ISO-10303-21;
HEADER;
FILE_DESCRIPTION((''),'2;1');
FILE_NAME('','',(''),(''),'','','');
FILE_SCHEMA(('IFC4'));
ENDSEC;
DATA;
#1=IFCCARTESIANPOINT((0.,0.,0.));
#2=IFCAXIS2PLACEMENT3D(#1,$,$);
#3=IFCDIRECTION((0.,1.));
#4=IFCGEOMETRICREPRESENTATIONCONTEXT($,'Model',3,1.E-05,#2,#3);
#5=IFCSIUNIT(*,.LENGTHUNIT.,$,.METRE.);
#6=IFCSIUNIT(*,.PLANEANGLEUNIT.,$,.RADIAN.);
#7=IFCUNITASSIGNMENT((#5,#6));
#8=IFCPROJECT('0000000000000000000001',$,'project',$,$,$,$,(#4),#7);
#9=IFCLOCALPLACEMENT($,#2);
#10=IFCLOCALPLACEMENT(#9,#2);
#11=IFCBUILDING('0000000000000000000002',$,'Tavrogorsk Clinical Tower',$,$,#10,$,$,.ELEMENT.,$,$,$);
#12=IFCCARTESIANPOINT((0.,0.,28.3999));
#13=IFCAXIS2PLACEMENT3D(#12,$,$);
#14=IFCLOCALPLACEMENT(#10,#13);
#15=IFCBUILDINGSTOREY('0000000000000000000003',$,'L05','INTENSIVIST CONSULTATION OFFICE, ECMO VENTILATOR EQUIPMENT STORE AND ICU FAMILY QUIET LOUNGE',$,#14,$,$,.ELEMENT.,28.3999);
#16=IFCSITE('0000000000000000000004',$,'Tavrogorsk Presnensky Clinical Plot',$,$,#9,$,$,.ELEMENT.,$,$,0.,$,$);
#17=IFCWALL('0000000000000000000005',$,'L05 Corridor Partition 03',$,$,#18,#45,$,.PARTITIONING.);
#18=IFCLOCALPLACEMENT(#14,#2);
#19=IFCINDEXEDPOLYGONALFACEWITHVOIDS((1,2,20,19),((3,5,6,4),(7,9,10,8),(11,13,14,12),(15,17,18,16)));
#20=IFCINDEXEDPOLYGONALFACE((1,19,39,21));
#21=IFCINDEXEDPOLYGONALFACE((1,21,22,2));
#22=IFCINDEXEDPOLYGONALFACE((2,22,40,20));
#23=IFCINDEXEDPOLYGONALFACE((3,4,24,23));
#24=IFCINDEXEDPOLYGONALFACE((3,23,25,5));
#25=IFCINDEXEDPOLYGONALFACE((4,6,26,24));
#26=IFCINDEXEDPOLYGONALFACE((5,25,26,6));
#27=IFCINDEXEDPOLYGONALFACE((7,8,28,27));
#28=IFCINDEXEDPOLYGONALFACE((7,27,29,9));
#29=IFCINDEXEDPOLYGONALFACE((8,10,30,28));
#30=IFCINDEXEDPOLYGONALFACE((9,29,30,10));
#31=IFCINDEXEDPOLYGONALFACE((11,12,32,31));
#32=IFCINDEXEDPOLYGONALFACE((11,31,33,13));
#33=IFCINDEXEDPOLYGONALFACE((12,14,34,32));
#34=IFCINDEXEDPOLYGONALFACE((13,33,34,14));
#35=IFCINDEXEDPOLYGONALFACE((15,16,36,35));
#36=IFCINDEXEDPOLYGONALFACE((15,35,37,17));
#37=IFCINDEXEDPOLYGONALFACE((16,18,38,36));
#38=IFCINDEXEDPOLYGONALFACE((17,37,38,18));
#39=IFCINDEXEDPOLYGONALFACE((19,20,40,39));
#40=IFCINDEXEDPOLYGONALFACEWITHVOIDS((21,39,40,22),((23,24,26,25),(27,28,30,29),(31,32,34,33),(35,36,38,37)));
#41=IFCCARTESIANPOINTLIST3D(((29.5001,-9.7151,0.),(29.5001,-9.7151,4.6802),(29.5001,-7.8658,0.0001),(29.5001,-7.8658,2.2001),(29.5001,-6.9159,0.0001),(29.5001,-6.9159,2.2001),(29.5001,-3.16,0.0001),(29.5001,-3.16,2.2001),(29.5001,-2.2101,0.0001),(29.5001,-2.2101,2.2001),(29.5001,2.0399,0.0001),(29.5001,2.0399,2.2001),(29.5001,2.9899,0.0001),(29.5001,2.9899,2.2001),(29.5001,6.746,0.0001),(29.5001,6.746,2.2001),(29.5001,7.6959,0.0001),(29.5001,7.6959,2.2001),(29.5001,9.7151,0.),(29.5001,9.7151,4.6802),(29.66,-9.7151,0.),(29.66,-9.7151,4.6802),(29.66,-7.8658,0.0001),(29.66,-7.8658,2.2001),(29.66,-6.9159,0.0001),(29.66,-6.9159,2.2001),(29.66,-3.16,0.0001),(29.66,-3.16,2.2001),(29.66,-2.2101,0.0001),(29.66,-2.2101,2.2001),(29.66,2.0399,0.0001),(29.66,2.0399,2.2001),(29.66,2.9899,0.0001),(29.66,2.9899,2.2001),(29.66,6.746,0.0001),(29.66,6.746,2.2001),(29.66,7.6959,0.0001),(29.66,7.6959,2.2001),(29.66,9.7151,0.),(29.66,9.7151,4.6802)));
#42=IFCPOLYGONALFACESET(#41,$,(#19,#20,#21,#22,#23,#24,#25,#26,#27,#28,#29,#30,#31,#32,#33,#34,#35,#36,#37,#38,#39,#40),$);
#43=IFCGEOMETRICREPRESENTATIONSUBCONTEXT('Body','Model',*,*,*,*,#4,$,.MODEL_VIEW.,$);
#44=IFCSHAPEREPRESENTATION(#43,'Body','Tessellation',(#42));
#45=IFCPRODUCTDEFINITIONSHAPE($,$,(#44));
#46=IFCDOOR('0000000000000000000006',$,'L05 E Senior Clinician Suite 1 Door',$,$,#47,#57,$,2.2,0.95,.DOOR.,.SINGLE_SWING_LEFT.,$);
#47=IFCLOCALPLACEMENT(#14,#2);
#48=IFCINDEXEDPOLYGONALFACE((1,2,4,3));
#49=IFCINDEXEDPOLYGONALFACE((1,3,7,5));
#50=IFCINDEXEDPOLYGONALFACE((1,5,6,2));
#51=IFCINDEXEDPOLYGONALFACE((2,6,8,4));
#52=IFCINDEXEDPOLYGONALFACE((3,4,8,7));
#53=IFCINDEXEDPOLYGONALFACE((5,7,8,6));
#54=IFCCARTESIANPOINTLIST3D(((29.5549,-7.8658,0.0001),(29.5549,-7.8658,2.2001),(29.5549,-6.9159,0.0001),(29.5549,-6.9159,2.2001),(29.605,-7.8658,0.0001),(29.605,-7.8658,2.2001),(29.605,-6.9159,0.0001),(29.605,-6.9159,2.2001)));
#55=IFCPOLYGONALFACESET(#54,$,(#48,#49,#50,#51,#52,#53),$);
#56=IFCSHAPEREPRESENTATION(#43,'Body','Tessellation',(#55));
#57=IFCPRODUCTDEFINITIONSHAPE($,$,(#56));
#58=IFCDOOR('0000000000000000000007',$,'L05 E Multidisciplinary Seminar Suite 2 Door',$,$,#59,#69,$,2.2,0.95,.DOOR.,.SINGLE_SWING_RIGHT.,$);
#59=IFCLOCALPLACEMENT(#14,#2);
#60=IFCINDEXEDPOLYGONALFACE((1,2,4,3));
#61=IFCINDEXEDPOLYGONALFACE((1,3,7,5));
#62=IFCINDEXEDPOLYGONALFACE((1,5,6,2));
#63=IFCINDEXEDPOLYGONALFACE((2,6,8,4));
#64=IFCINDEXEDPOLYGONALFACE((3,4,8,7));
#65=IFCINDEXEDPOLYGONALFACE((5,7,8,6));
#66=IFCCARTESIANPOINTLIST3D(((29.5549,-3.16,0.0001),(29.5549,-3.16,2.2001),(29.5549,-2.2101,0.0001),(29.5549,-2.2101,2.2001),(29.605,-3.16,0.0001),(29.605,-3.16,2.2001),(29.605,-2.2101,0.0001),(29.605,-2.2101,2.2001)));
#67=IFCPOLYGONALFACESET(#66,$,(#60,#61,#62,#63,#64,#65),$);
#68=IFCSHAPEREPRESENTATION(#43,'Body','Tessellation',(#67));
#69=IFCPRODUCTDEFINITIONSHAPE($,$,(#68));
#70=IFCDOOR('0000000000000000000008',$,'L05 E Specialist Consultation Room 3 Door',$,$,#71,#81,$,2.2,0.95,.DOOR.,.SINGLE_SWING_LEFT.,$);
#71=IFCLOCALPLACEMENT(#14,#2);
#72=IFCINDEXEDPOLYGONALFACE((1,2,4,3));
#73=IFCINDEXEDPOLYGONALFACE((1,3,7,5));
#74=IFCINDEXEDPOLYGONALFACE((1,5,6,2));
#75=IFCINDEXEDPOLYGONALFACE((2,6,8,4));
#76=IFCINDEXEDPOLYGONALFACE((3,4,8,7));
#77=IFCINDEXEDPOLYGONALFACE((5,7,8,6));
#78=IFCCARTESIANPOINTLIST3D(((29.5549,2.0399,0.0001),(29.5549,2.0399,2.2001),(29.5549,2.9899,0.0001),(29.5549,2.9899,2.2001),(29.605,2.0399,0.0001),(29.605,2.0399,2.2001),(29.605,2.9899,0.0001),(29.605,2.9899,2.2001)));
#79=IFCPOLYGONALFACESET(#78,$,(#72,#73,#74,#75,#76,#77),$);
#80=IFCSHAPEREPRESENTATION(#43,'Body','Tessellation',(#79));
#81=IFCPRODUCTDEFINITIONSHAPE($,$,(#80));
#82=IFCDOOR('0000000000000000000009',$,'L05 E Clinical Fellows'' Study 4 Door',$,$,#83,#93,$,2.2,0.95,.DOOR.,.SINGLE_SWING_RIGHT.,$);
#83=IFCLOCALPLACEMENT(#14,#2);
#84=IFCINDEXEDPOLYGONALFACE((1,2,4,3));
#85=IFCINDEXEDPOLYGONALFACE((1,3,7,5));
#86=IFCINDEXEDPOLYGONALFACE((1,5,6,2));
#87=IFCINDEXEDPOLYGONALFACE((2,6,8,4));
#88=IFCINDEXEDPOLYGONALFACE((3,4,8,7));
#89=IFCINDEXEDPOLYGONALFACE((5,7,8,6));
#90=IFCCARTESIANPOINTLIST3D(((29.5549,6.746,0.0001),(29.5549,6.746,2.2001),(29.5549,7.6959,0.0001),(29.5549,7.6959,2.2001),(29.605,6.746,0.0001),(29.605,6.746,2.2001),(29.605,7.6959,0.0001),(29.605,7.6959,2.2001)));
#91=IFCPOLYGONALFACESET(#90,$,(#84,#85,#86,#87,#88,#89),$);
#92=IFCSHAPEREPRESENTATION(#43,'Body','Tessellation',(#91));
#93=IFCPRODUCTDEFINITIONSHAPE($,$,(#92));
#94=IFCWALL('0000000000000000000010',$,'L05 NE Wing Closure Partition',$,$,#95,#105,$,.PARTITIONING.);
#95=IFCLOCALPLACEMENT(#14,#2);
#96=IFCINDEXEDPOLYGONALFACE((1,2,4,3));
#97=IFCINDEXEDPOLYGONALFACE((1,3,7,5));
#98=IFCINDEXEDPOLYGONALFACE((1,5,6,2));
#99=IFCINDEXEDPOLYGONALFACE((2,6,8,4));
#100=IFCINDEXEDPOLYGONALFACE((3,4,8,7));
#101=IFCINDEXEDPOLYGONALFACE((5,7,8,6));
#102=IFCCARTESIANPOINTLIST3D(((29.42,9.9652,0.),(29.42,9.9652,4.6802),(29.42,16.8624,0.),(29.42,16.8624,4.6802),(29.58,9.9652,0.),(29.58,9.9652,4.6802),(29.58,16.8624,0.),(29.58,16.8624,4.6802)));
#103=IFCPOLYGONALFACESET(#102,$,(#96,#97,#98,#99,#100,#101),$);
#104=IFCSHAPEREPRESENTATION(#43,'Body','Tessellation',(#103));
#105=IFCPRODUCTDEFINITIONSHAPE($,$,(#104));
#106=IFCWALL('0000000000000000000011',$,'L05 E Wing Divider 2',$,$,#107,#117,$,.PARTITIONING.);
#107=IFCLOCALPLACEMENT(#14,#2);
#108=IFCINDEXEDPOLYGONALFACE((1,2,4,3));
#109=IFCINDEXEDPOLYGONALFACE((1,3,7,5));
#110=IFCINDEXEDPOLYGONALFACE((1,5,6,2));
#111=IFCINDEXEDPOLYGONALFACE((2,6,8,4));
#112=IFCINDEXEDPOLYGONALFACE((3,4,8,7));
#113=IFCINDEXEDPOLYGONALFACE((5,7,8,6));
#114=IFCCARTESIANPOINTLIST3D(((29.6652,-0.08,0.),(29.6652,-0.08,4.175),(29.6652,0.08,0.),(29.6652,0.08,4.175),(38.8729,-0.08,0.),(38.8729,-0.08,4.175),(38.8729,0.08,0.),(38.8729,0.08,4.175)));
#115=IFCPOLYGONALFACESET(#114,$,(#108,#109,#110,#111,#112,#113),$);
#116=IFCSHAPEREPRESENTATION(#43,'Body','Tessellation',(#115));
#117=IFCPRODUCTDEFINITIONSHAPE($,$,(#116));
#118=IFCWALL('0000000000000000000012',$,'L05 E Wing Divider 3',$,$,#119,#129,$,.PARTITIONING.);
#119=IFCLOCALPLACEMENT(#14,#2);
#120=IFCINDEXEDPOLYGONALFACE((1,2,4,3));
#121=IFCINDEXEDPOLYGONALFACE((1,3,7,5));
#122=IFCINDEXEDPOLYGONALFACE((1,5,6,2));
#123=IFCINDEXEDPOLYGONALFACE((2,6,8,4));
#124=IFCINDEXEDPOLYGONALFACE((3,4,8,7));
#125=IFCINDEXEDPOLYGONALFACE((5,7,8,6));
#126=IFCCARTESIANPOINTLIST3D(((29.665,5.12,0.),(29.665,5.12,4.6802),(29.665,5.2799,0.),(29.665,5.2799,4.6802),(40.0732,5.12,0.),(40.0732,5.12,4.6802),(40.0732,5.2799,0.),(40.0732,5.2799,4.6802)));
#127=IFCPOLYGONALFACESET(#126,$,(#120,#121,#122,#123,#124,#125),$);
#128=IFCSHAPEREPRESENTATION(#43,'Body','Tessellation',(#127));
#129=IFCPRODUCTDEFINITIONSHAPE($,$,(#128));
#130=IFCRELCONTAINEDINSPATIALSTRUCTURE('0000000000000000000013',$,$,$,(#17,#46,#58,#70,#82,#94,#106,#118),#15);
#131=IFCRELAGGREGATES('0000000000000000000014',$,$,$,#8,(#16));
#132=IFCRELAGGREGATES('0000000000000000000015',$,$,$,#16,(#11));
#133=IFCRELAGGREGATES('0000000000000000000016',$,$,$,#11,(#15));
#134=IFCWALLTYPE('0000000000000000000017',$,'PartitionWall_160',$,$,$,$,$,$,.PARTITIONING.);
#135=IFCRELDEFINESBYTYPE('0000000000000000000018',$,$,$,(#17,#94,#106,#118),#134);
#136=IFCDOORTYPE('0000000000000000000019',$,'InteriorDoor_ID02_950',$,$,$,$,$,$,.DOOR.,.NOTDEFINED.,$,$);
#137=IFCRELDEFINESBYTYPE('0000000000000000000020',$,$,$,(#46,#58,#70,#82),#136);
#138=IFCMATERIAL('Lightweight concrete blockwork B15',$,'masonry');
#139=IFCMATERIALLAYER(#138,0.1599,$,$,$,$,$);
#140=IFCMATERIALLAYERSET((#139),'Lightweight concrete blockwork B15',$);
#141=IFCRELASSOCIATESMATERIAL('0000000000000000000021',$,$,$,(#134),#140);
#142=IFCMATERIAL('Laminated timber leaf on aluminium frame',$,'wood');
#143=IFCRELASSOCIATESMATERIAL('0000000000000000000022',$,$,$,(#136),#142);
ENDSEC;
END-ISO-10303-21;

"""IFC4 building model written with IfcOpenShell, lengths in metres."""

from ifc_helpers import new_model, si_unit, direction, frame, frame_2d, origin, place, context, subcontext, project, spatial, rectangle, extrude, material, layer, layer_set, type_object, element, fill, save


model = new_model("IFC4")

# Units and contexts
model_context = context("Model", 3, precision=1e-05, world=origin(), true_north=direction((0.0, 1.0)))
body_context = subcontext(model_context, "Body", "Model", "MODEL_VIEW")
ifc_project = project(units=[si_unit("LENGTHUNIT", "METRE"), si_unit("PLANEANGLEUNIT", "RADIAN")], contexts=[model_context])

# Site, building, storey
site_placement = place(None, origin())
site = spatial("IfcSite", under=ifc_project, at=site_placement, Name="Tavrogorsk Presnensky Clinical Plot", CompositionType="ELEMENT", RefElevation=0.0)
building_placement = place(site_placement, origin())
building = spatial("IfcBuilding", under=site, at=building_placement, Name="Tavrogorsk Clinical Tower", CompositionType="ELEMENT")
storey_placement = place(building_placement, frame((0.0, 0.0, 28.3999)))
storey = spatial("IfcBuildingStorey", under=building, at=storey_placement, Name="L05", Description="INTENSIVIST CONSULTATION OFFICE, ECMO VENTILATOR EQUIPMENT STORE AND ICU FAMILY QUIET LOUNGE", CompositionType="ELEMENT", Elevation=28.3999)

# Shared definitions
ifc_material_1 = material(Name="Lightweight concrete blockwork B15", Category="masonry")
ifc_layer_1 = layer(ifc_material_1, 0.1599)
ifc_layer_set_1 = layer_set([ifc_layer_1], Name="Lightweight concrete blockwork B15")
wall_type_1 = type_object("IfcWallType", Name="PartitionWall_160", PredefinedType="PARTITIONING", material=ifc_layer_set_1)

# Wall, openings, doors
wall_1_placement = place(storey_placement, frame((29.5801, 9.7151, 0.0), z_axis=(0.0, 0.0, 1.0), x_axis=(0.0, -1.0, 0.0)))
wall_1 = element("IfcWall", 1, at=wall_1_placement, inside=storey, type_object=wall_type_1, Name="L05 Corridor Partition 03", PredefinedType="PARTITIONING", context=body_context, shape_type="SweptSolid", body=[
    extrude(rectangle(XDim=19.4302, YDim=0.1599, at=frame_2d((9.7151, 0.0))), origin(), (0.0, 0.0, 1.0), 4.6802),
])
opening_1_placement = place(wall_1_placement, frame((16.6309, 0.0, 0.0)))
opening_1 = element("IfcOpeningElement", 2, at=opening_1_placement, cuts=wall_1, PredefinedType="OPENING", context=body_context, shape_type="SweptSolid", body=[
    extrude(rectangle(XDim=0.95, YDim=2.2, at=frame_2d((0.4751, 1.1001))), frame((0.0, 0.0898, 0.0), z_axis=(0.0, -1.0, 0.0), x_axis=(1.0, 0.0, 0.0)), (0.0, 0.0, 1.0), 0.1799),
])
opening_2_placement = place(wall_1_placement, frame((11.925, 0.0, 0.0)))
opening_2 = element("IfcOpeningElement", 3, at=opening_2_placement, cuts=wall_1, PredefinedType="OPENING", context=body_context, shape_type="SweptSolid", body=[
    extrude(rectangle(XDim=0.95, YDim=2.2, at=frame_2d((0.4751, 1.1001))), frame((0.0, 0.0898, 0.0), z_axis=(0.0, -1.0, 0.0), x_axis=(1.0, 0.0, 0.0)), (0.0, 0.0, 1.0), 0.1799),
])
opening_3_placement = place(wall_1_placement, frame((6.7251, 0.0, 0.0)))
opening_3 = element("IfcOpeningElement", 4, at=opening_3_placement, cuts=wall_1, PredefinedType="OPENING", context=body_context, shape_type="SweptSolid", body=[
    extrude(rectangle(XDim=0.95, YDim=2.2, at=frame_2d((0.4751, 1.1001))), frame((0.0, 0.0898, 0.0), z_axis=(0.0, -1.0, 0.0), x_axis=(1.0, 0.0, 0.0)), (0.0, 0.0, 1.0), 0.1799),
])
opening_4_placement = place(wall_1_placement, frame((2.019, 0.0, 0.0)))
opening_4 = element("IfcOpeningElement", 5, at=opening_4_placement, cuts=wall_1, PredefinedType="OPENING", context=body_context, shape_type="SweptSolid", body=[
    extrude(rectangle(XDim=0.95, YDim=2.2, at=frame_2d((0.4751, 1.1001))), frame((0.0, 0.0898, 0.0), z_axis=(0.0, -1.0, 0.0), x_axis=(1.0, 0.0, 0.0)), (0.0, 0.0, 1.0), 0.1799),
])
ifc_material_2 = material(Name="Laminated timber leaf on aluminium frame", Category="wood")
door_type = type_object("IfcDoorType", Name="InteriorDoor_ID02_950", OperationType="NOTDEFINED", PredefinedType="DOOR", material=ifc_material_2)
door_1_placement = place(opening_1_placement, origin())
door_1 = element("IfcDoor", 6, at=door_1_placement, inside=storey, type_object=door_type, Name="L05 E Senior Clinician Suite 1 Door", OperationType="SINGLE_SWING_LEFT", OverallHeight=2.2, OverallWidth=0.95, PredefinedType="DOOR", context=body_context, shape_type="SweptSolid", body=[
    extrude(rectangle(XDim=0.95, YDim=2.2, at=frame_2d((0.4751, 1.1001))), frame((0.0, 0.0249, 0.0), z_axis=(0.0, -1.0, 0.0), x_axis=(1.0, 0.0, 0.0)), (0.0, 0.0, 1.0), 0.05),
])
fill(opening_1, door_1)
door_2_placement = place(opening_2_placement, origin())
door_2 = element("IfcDoor", 7, at=door_2_placement, inside=storey, type_object=door_type, Name="L05 E Multidisciplinary Seminar Suite 2 Door", OperationType="SINGLE_SWING_RIGHT", OverallHeight=2.2, OverallWidth=0.95, PredefinedType="DOOR", context=body_context, shape_type="SweptSolid", body=[
    extrude(rectangle(XDim=0.95, YDim=2.2, at=frame_2d((0.4751, 1.1001))), frame((0.0, 0.0249, 0.0), z_axis=(0.0, -1.0, 0.0), x_axis=(1.0, 0.0, 0.0)), (0.0, 0.0, 1.0), 0.05),
])
fill(opening_2, door_2)
door_3_placement = place(opening_3_placement, origin())
door_3 = element("IfcDoor", 8, at=door_3_placement, inside=storey, type_object=door_type, Name="L05 E Specialist Consultation Room 3 Door", OperationType="SINGLE_SWING_LEFT", OverallHeight=2.2, OverallWidth=0.95, PredefinedType="DOOR", context=body_context, shape_type="SweptSolid", body=[
    extrude(rectangle(XDim=0.95, YDim=2.2, at=frame_2d((0.4751, 1.1001))), frame((0.0, 0.0249, 0.0), z_axis=(0.0, -1.0, 0.0), x_axis=(1.0, 0.0, 0.0)), (0.0, 0.0, 1.0), 0.05),
])
fill(opening_3, door_3)
door_4_placement = place(opening_4_placement, origin())
door_4 = element("IfcDoor", 9, at=door_4_placement, inside=storey, type_object=door_type, Name="L05 E Clinical Fellows' Study 4 Door", OperationType="SINGLE_SWING_RIGHT", OverallHeight=2.2, OverallWidth=0.95, PredefinedType="DOOR", context=body_context, shape_type="SweptSolid", body=[
    extrude(rectangle(XDim=0.95, YDim=2.2, at=frame_2d((0.4751, 1.1001))), frame((0.0, 0.0249, 0.0), z_axis=(0.0, -1.0, 0.0), x_axis=(1.0, 0.0, 0.0)), (0.0, 0.0, 1.0), 0.05),
])
fill(opening_4, door_4)

# Walls
wall_2_placement = place(storey_placement, frame((29.5, 9.9651, 0.0), z_axis=(0.0, 0.0, 1.0), x_axis=(0.0, 1.0, 0.0)))
element("IfcWall", 10, at=wall_2_placement, inside=storey, type_object=wall_type_1, Name="L05 NE Wing Closure Partition", PredefinedType="PARTITIONING", context=body_context, shape_type="SweptSolid", body=[
    extrude(rectangle(XDim=6.8972, YDim=0.1599, at=frame_2d((3.4487, 0.0))), origin(), (0.0, 0.0, 1.0), 4.6802),
])
wall_3_placement = place(storey_placement, frame((29.665, 0.0, 0.0), z_axis=(0.0, 0.0, 1.0), x_axis=(1.0, 0.0, 0.0)))
element("IfcWall", 11, at=wall_3_placement, inside=storey, type_object=wall_type_1, Name="L05 E Wing Divider 2", PredefinedType="PARTITIONING", context=body_context, shape_type="SweptSolid", body=[
    extrude(rectangle(XDim=9.2078, YDim=0.1599, at=frame_2d((4.604, 0.0))), origin(), (0.0, 0.0, 1.0), 4.175),
])
wall_4_placement = place(storey_placement, frame((29.665, 5.2, 0.0), z_axis=(0.0, 0.0, 1.0), x_axis=(1.0, 0.0, 0.0)))
element("IfcWall", 12, at=wall_4_placement, inside=storey, type_object=wall_type_1, Name="L05 E Wing Divider 3", PredefinedType="PARTITIONING", context=body_context, shape_type="SweptSolid", body=[
    extrude(rectangle(XDim=10.4082, YDim=0.1599, at=frame_2d((5.2041, 0.0))), origin(), (0.0, 0.0, 1.0), 4.6802),
])

save(model, "model.ifc")
